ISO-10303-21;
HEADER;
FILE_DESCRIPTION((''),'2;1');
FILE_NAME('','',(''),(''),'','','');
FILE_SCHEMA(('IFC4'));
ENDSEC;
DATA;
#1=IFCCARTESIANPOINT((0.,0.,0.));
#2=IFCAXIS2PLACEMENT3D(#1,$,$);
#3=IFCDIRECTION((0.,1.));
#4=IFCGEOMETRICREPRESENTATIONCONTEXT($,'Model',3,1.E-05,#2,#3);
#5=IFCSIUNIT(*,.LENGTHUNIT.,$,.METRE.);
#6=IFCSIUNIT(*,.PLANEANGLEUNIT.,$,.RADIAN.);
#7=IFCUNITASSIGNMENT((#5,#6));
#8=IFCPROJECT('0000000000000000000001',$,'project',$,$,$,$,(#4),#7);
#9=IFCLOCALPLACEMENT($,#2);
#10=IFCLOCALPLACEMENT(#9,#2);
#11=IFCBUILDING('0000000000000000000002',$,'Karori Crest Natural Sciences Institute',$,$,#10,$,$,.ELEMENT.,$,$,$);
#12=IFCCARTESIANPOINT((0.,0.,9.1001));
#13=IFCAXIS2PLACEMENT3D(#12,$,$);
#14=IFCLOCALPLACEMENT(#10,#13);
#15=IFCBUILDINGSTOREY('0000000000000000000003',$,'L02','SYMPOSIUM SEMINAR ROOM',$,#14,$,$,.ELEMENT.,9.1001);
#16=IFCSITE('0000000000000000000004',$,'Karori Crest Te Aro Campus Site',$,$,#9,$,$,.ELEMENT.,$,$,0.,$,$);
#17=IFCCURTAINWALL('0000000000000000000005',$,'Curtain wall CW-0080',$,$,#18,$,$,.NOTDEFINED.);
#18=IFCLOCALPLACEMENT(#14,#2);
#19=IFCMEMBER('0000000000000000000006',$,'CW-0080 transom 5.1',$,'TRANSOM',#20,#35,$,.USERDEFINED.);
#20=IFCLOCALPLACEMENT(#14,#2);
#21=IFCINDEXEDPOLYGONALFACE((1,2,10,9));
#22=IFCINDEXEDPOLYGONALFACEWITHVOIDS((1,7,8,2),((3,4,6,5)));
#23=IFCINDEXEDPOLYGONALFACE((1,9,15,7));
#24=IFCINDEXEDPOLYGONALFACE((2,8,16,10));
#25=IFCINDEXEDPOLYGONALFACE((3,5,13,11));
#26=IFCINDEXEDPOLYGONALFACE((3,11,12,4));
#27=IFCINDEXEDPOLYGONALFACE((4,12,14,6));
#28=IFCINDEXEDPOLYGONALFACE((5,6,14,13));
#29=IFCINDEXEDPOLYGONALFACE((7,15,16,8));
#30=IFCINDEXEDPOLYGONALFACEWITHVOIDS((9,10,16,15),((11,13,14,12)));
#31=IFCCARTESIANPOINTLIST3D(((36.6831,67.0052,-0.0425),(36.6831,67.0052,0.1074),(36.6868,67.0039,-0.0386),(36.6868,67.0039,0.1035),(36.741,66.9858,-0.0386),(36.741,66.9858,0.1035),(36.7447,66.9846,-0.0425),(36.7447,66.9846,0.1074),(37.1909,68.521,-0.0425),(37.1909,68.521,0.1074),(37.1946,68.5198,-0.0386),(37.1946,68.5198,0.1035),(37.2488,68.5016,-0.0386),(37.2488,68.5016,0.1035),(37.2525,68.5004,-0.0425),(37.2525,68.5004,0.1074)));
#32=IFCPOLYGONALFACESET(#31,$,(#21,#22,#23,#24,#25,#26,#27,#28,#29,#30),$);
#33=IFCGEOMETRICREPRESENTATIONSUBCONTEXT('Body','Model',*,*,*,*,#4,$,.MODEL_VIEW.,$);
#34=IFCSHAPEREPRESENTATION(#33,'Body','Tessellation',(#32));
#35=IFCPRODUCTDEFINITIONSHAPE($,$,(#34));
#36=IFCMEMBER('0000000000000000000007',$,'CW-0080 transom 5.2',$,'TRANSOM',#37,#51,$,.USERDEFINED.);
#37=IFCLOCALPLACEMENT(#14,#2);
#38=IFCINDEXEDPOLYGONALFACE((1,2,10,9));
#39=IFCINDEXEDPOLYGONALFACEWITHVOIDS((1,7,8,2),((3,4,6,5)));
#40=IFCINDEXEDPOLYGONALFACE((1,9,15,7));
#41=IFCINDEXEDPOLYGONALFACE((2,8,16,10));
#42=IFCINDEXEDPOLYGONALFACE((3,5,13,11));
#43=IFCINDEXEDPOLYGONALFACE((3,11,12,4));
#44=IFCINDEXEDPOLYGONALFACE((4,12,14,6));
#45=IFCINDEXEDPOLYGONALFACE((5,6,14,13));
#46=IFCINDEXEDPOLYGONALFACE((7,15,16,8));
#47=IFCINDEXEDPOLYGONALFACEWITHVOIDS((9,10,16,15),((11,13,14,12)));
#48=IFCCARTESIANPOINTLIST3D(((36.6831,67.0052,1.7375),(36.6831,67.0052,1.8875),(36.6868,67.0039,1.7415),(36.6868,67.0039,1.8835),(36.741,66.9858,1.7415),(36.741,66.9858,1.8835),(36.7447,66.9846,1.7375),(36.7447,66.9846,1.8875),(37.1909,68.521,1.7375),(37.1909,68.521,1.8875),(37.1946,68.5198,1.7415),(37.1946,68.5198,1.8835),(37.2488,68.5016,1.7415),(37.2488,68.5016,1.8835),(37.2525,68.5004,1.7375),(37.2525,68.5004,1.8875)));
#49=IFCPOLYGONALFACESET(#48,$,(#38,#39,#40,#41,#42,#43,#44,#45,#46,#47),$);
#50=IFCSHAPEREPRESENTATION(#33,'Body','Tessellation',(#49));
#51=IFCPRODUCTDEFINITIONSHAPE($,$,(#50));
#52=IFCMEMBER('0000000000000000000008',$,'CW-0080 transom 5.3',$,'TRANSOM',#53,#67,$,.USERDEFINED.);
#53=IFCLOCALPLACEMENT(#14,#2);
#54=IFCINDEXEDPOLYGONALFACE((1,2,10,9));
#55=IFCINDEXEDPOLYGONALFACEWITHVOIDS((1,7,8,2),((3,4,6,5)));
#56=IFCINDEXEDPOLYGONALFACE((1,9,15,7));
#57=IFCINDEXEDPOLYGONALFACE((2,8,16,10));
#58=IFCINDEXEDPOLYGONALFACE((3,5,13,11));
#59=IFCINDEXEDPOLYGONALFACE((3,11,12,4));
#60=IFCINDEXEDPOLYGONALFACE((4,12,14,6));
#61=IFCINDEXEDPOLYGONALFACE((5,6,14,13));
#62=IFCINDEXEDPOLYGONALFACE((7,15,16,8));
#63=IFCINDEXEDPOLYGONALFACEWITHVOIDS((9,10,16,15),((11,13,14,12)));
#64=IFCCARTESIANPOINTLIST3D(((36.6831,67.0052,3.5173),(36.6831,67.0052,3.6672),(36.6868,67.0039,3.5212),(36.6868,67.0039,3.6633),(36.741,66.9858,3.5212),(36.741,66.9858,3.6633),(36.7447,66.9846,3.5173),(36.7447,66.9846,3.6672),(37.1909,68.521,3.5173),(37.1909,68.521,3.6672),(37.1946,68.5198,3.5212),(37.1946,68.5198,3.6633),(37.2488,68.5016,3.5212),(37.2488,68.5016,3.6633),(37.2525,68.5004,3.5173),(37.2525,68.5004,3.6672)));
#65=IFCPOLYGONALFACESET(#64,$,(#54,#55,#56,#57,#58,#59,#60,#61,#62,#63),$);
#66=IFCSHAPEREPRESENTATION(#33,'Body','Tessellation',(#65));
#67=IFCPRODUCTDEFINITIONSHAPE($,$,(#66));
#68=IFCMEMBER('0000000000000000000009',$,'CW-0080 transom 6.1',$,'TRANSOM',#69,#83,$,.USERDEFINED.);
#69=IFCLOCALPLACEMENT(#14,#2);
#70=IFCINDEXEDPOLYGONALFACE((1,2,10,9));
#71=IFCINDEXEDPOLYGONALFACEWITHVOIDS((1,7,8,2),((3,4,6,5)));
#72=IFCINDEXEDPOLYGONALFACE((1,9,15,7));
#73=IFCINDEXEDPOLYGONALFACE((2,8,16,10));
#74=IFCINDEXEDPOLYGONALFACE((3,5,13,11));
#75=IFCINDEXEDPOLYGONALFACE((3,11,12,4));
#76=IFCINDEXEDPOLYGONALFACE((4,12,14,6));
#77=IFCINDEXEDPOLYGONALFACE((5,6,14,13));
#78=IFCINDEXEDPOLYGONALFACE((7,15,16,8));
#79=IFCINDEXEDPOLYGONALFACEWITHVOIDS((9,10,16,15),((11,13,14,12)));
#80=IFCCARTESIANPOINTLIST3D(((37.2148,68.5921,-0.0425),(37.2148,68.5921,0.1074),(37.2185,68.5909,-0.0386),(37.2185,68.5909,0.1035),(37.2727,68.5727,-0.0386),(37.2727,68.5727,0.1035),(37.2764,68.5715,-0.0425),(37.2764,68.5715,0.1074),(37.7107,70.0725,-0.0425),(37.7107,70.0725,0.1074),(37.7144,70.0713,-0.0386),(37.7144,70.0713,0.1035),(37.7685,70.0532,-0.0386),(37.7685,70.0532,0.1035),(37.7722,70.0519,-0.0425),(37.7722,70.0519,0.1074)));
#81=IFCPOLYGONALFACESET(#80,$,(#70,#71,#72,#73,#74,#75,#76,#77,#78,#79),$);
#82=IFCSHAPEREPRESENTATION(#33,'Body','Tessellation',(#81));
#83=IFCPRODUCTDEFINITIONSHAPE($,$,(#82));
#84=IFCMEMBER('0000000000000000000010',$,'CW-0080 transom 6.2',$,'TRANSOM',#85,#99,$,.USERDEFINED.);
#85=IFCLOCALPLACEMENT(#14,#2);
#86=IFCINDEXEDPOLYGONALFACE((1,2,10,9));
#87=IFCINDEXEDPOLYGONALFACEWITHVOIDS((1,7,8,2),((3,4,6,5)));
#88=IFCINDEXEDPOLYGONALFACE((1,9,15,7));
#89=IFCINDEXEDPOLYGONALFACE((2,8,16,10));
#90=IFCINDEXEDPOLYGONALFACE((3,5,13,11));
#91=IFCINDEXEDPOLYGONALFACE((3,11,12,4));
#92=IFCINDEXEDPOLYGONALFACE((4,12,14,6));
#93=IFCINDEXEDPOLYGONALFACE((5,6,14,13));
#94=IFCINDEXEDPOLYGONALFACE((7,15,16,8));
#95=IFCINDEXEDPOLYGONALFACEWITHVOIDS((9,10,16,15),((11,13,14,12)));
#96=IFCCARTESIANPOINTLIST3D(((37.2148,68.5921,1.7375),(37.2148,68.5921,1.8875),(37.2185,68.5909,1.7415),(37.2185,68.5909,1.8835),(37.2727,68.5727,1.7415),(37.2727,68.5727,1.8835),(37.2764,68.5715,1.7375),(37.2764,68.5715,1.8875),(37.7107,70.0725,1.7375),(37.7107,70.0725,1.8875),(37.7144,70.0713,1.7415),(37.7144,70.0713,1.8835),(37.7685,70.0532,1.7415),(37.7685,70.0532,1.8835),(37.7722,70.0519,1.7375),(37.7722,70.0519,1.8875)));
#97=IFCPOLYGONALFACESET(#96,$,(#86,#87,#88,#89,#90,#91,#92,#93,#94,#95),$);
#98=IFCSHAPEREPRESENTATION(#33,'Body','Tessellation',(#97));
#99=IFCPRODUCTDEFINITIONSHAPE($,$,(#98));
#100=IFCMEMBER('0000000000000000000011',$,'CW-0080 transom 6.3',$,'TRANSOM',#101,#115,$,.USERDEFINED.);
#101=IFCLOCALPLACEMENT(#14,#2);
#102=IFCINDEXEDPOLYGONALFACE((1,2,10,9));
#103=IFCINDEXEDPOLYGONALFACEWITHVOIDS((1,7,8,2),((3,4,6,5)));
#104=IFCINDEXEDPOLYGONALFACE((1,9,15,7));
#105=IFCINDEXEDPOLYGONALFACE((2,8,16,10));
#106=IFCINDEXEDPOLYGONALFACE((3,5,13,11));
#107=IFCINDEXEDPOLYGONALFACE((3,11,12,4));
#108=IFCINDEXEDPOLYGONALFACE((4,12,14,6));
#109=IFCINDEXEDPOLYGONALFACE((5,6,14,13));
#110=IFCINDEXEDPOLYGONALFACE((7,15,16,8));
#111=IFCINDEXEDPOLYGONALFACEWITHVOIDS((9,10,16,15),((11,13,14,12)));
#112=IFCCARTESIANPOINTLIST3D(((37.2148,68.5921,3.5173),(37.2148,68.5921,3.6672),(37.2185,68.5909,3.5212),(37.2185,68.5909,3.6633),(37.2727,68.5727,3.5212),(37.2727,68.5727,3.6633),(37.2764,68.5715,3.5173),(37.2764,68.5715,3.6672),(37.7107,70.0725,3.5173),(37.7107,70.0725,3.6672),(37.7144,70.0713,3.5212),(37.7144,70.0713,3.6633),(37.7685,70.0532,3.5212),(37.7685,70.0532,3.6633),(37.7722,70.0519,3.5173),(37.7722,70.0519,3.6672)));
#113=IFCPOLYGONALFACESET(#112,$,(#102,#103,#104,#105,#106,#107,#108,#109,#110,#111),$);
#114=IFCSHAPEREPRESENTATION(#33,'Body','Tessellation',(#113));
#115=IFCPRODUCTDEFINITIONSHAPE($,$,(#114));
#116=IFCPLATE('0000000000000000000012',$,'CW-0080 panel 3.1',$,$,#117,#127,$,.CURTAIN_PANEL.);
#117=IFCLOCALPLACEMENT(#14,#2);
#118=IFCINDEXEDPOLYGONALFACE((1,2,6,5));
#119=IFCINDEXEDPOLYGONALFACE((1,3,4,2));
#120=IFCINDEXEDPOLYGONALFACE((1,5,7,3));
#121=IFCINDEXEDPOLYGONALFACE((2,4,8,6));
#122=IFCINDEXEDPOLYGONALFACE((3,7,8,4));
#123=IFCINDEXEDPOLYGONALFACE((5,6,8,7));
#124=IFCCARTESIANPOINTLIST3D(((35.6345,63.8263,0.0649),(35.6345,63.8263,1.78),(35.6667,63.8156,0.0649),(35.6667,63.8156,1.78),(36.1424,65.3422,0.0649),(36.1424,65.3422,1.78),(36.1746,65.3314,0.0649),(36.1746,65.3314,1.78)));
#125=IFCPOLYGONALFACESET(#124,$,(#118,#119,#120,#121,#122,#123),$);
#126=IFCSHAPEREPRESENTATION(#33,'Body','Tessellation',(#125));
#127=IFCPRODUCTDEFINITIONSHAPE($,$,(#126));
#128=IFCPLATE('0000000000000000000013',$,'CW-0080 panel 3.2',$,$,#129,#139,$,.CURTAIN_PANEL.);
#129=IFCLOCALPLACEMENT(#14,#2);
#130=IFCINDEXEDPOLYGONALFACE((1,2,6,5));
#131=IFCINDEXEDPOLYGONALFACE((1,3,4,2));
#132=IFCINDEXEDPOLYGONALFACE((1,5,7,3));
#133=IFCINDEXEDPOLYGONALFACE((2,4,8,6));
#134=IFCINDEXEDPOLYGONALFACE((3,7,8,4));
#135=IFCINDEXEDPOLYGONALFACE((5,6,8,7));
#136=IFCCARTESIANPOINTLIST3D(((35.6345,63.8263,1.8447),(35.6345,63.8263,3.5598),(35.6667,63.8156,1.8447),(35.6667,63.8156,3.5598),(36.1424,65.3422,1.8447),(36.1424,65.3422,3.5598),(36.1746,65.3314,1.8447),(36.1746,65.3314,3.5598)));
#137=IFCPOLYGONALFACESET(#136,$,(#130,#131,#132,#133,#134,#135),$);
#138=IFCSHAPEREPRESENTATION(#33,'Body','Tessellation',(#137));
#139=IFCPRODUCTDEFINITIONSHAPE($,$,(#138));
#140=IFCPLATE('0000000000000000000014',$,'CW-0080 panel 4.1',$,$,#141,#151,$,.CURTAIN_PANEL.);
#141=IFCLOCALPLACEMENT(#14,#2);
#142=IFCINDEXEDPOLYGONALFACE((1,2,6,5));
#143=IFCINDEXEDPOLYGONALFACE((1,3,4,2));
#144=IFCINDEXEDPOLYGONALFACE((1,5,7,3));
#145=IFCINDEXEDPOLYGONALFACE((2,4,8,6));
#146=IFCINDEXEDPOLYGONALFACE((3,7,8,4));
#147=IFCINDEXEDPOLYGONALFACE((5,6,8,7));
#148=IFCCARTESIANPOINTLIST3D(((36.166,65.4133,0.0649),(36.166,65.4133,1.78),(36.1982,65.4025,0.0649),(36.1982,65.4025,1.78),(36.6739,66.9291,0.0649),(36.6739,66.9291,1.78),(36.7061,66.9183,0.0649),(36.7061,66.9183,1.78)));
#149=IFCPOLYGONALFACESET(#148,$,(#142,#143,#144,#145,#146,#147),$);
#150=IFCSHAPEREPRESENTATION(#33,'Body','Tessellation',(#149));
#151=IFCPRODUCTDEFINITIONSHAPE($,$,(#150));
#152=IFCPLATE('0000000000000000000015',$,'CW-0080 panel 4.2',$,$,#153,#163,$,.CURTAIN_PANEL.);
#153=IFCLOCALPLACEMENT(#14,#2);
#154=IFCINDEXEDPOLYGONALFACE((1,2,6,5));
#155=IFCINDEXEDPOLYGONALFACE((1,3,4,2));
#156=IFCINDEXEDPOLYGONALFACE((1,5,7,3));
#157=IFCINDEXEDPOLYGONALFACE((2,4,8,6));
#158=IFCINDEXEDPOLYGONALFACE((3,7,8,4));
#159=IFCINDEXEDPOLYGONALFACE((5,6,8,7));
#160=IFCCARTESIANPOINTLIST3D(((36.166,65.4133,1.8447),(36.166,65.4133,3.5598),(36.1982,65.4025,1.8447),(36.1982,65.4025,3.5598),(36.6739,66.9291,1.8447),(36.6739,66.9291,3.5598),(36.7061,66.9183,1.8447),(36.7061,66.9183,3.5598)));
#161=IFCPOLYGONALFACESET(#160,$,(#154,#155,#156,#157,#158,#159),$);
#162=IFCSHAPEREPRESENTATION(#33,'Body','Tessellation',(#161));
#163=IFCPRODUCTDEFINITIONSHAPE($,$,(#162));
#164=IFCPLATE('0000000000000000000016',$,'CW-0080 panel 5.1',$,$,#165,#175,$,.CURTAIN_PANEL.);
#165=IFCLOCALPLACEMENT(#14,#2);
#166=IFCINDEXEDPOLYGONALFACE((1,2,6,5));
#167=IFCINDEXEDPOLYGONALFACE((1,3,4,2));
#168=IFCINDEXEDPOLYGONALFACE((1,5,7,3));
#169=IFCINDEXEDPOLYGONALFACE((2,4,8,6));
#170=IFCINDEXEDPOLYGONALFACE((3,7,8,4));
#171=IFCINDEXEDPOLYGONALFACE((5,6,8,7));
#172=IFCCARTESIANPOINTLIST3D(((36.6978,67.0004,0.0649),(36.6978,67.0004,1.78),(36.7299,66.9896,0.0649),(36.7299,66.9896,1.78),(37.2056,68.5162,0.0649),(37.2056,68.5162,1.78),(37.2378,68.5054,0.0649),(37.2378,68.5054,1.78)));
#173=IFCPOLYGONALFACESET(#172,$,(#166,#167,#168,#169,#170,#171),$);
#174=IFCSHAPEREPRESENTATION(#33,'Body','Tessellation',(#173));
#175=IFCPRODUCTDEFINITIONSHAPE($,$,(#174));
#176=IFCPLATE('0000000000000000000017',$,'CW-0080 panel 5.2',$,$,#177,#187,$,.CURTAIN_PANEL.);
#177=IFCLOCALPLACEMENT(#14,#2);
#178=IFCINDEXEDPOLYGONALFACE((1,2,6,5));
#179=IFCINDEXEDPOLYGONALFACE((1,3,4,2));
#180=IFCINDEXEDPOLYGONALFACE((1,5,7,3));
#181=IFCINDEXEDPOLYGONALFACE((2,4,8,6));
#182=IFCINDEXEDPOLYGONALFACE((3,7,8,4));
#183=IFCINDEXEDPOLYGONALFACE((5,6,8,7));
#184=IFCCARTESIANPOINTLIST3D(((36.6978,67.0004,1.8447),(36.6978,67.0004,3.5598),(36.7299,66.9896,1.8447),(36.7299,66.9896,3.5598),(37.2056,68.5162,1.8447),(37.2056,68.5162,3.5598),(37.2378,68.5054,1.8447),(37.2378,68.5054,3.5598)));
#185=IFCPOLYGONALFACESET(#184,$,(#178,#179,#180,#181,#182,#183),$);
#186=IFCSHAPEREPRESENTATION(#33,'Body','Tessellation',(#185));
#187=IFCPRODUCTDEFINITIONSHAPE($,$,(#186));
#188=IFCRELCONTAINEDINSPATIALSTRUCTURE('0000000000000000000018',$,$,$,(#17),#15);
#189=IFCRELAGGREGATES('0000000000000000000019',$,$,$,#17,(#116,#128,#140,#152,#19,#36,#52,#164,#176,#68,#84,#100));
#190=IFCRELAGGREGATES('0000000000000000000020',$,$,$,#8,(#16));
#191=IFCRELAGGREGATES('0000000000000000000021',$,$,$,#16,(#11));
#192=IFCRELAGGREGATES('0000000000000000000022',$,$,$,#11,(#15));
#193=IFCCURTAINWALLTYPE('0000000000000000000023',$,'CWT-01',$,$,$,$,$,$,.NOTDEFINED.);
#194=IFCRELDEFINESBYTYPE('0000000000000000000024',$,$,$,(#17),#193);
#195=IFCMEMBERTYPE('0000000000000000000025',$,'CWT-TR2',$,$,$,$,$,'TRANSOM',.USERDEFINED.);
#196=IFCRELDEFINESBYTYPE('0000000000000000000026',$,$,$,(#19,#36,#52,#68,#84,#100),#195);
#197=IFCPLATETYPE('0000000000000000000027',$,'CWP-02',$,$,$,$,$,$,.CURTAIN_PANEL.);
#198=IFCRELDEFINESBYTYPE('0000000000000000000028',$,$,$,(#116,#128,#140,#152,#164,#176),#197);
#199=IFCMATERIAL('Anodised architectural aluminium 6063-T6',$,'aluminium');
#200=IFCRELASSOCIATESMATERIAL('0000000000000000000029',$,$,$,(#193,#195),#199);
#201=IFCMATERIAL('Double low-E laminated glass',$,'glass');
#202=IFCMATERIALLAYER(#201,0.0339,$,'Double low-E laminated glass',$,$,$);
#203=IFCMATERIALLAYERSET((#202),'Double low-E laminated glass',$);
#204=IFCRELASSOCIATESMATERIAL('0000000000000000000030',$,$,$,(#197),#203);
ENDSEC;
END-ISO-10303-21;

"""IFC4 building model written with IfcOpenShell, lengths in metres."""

from ifc_helpers import new_model, si_unit, direction, frame, origin, origin_2d, place, context, subcontext, project, spatial, rectangle, hollow_rectangle, extrude, material, layer, layer_set, material_profile, profile_set, type_object, element, aggregate, save


model = new_model("IFC4")

# Units and contexts
model_context = context("Model", 3, precision=1e-05, world=origin(), true_north=direction((0.0, 1.0)))
body_context = subcontext(model_context, "Body", "Model", "MODEL_VIEW")
ifc_project = project(units=[si_unit("LENGTHUNIT", "METRE"), si_unit("PLANEANGLEUNIT", "RADIAN")], contexts=[model_context])

# Site, building, storey
site_placement = place(None, origin())
site = spatial("IfcSite", under=ifc_project, at=site_placement, Name="Karori Crest Te Aro Campus Site", CompositionType="ELEMENT", RefElevation=0.0)
building_placement = place(site_placement, origin())
building = spatial("IfcBuilding", under=site, at=building_placement, Name="Karori Crest Natural Sciences Institute", CompositionType="ELEMENT")
storey_placement = place(building_placement, frame((0.0, 0.0, 9.1001)))
storey = spatial("IfcBuildingStorey", under=building, at=storey_placement, Name="L02", Description="SYMPOSIUM SEMINAR ROOM", CompositionType="ELEMENT", Elevation=9.1001)

# Shared definitions
ifc_material_1 = material(Name="Anodised architectural aluminium 6063-T6", Category="aluminium")

# Curtain wall, members, plates
curtain_wall_type_1 = type_object("IfcCurtainWallType", Name="CWT-01", PredefinedType="NOTDEFINED", material=ifc_material_1)
curtain_wall_1_placement = place(storey_placement, origin())
curtain_wall_1 = element("IfcCurtainWall", 1, at=curtain_wall_1_placement, inside=storey, type_object=curtain_wall_type_1, Name="Curtain wall CW-0080", PredefinedType="NOTDEFINED")
ifc_material_profile_1 = material_profile(ifc_material_1, hollow_rectangle(XDim=0.0649, YDim=0.1499, WallThickness=0.0039, at=origin_2d()), Name="CWT150x65x4")
ifc_profile_set_1 = profile_set([ifc_material_profile_1], Name="Anodised architectural aluminium 6063-T6")
member_type_1 = type_object("IfcMemberType", Name="CWT-TR2", ElementType="TRANSOM", PredefinedType="USERDEFINED", material=ifc_profile_set_1)
member_1_placement = place(storey_placement, frame((36.7139, 66.9949, 0.0325), z_axis=(0.317648, 0.948209, 0.0), x_axis=(-0.948209, 0.317648, 0.0)))
member_1 = element("IfcMember", 2, at=member_1_placement, type_object=member_type_1, Name="CW-0080 transom 5.1", ObjectType="TRANSOM", PredefinedType="USERDEFINED", context=body_context, shape_type="SweptSolid", body=[
    extrude(hollow_rectangle(XDim=0.0649, YDim=0.1499, WallThickness=0.0039, at=origin_2d()), origin(), (0.0, 0.0, 1.0), 1.5986),
])
member_2_placement = place(storey_placement, frame((36.7139, 66.9949, 1.8125), z_axis=(0.317648, 0.948209, 0.0), x_axis=(-0.948209, 0.317648, 0.0)))
member_2 = element("IfcMember", 3, at=member_2_placement, type_object=member_type_1, Name="CW-0080 transom 5.2", ObjectType="TRANSOM", PredefinedType="USERDEFINED", context=body_context, shape_type="SweptSolid", body=[
    extrude(hollow_rectangle(XDim=0.0649, YDim=0.1499, WallThickness=0.0039, at=origin_2d()), origin(), (0.0, 0.0, 1.0), 1.5986),
])
member_3_placement = place(storey_placement, frame((36.7139, 66.9949, 3.5923), z_axis=(0.317648, 0.948209, 0.0), x_axis=(-0.948209, 0.317648, 0.0)))
member_3 = element("IfcMember", 4, at=member_3_placement, type_object=member_type_1, Name="CW-0080 transom 5.3", ObjectType="TRANSOM", PredefinedType="USERDEFINED", context=body_context, shape_type="SweptSolid", body=[
    extrude(hollow_rectangle(XDim=0.0649, YDim=0.1499, WallThickness=0.0039, at=origin_2d()), origin(), (0.0, 0.0, 1.0), 1.5986),
])
member_4_placement = place(storey_placement, frame((37.2456, 68.5818, 0.0325), z_axis=(0.317588, 0.948229, 0.0), x_axis=(-0.948229, 0.317588, 0.0)))
member_4 = element("IfcMember", 5, at=member_4_placement, type_object=member_type_1, Name="CW-0080 transom 6.1", ObjectType="TRANSOM", PredefinedType="USERDEFINED", context=body_context, shape_type="SweptSolid", body=[
    extrude(hollow_rectangle(XDim=0.0649, YDim=0.1499, WallThickness=0.0039, at=origin_2d()), origin(), (0.0, 0.0, 1.0), 1.5613),
])
member_5_placement = place(storey_placement, frame((37.2456, 68.5818, 1.8125), z_axis=(0.317588, 0.948229, 0.0), x_axis=(-0.948229, 0.317588, 0.0)))
member_5 = element("IfcMember", 6, at=member_5_placement, type_object=member_type_1, Name="CW-0080 transom 6.2", ObjectType="TRANSOM", PredefinedType="USERDEFINED", context=body_context, shape_type="SweptSolid", body=[
    extrude(hollow_rectangle(XDim=0.0649, YDim=0.1499, WallThickness=0.0039, at=origin_2d()), origin(), (0.0, 0.0, 1.0), 1.5613),
])
member_6_placement = place(storey_placement, frame((37.2456, 68.5818, 3.5923), z_axis=(0.317588, 0.948229, 0.0), x_axis=(-0.948229, 0.317588, 0.0)))
member_6 = element("IfcMember", 7, at=member_6_placement, type_object=member_type_1, Name="CW-0080 transom 6.3", ObjectType="TRANSOM", PredefinedType="USERDEFINED", context=body_context, shape_type="SweptSolid", body=[
    extrude(hollow_rectangle(XDim=0.0649, YDim=0.1499, WallThickness=0.0039, at=origin_2d()), origin(), (0.0, 0.0, 1.0), 1.5613),
])
ifc_material_2 = material(Name="Double low-E laminated glass", Category="glass")
ifc_layer_1 = layer(ifc_material_2, 0.0339, Name="Double low-E laminated glass")
ifc_layer_set_1 = layer_set([ifc_layer_1], Name="Double low-E laminated glass")
plate_type = type_object("IfcPlateType", Name="CWP-02", PredefinedType="CURTAIN_PANEL", material=ifc_layer_set_1)
plate_1_placement = place(storey_placement, frame((35.9045, 64.5789, 0.0649), z_axis=(0.0, 0.0, 1.0), x_axis=(0.317685, 0.948196, 0.0)))
plate_1 = element("IfcPlate", 8, at=plate_1_placement, type_object=plate_type, Name="CW-0080 panel 3.1", PredefinedType="CURTAIN_PANEL", context=body_context, shape_type="SweptSolid", body=[
    extrude(rectangle(XDim=1.5986, YDim=0.0339, at=origin_2d()), origin(), (0.0, 0.0, 1.0), 1.7151),
])
plate_2_placement = place(storey_placement, frame((35.9045, 64.5789, 1.8447), z_axis=(0.0, 0.0, 1.0), x_axis=(0.317685, 0.948196, 0.0)))
plate_2 = element("IfcPlate", 9, at=plate_2_placement, type_object=plate_type, Name="CW-0080 panel 3.2", PredefinedType="CURTAIN_PANEL", context=body_context, shape_type="SweptSolid", body=[
    extrude(rectangle(XDim=1.5986, YDim=0.0339, at=origin_2d()), origin(), (0.0, 0.0, 1.0), 1.7151),
])
plate_3_placement = place(storey_placement, frame((36.436, 66.1658, 0.0649), z_axis=(0.0, 0.0, 1.0), x_axis=(0.317685, 0.948196, 0.0)))
plate_3 = element("IfcPlate", 10, at=plate_3_placement, type_object=plate_type, Name="CW-0080 panel 4.1", PredefinedType="CURTAIN_PANEL", context=body_context, shape_type="SweptSolid", body=[
    extrude(rectangle(XDim=1.5986, YDim=0.0339, at=origin_2d()), origin(), (0.0, 0.0, 1.0), 1.7151),
])
plate_4_placement = place(storey_placement, frame((36.436, 66.1658, 1.8447), z_axis=(0.0, 0.0, 1.0), x_axis=(0.317685, 0.948196, 0.0)))
plate_4 = element("IfcPlate", 11, at=plate_4_placement, type_object=plate_type, Name="CW-0080 panel 4.2", PredefinedType="CURTAIN_PANEL", context=body_context, shape_type="SweptSolid", body=[
    extrude(rectangle(XDim=1.5986, YDim=0.0339, at=origin_2d()), origin(), (0.0, 0.0, 1.0), 1.7151),
])
plate_5_placement = place(storey_placement, frame((36.9678, 67.7529, 0.0649), z_axis=(0.0, 0.0, 1.0), x_axis=(0.317685, 0.948196, 0.0)))
plate_5 = element("IfcPlate", 12, at=plate_5_placement, type_object=plate_type, Name="CW-0080 panel 5.1", PredefinedType="CURTAIN_PANEL", context=body_context, shape_type="SweptSolid", body=[
    extrude(rectangle(XDim=1.5986, YDim=0.0339, at=origin_2d()), origin(), (0.0, 0.0, 1.0), 1.7151),
])
plate_6_placement = place(storey_placement, frame((36.9678, 67.7529, 1.8447), z_axis=(0.0, 0.0, 1.0), x_axis=(0.317685, 0.948196, 0.0)))
plate_6 = element("IfcPlate", 13, at=plate_6_placement, type_object=plate_type, Name="CW-0080 panel 5.2", PredefinedType="CURTAIN_PANEL", context=body_context, shape_type="SweptSolid", body=[
    extrude(rectangle(XDim=1.5986, YDim=0.0339, at=origin_2d()), origin(), (0.0, 0.0, 1.0), 1.7151),
])
aggregate(curtain_wall_1, [plate_1, plate_2, plate_3, plate_4, member_1, member_2, member_3, plate_5, plate_6, member_4, member_5, member_6])

save(model, "model.ifc")
